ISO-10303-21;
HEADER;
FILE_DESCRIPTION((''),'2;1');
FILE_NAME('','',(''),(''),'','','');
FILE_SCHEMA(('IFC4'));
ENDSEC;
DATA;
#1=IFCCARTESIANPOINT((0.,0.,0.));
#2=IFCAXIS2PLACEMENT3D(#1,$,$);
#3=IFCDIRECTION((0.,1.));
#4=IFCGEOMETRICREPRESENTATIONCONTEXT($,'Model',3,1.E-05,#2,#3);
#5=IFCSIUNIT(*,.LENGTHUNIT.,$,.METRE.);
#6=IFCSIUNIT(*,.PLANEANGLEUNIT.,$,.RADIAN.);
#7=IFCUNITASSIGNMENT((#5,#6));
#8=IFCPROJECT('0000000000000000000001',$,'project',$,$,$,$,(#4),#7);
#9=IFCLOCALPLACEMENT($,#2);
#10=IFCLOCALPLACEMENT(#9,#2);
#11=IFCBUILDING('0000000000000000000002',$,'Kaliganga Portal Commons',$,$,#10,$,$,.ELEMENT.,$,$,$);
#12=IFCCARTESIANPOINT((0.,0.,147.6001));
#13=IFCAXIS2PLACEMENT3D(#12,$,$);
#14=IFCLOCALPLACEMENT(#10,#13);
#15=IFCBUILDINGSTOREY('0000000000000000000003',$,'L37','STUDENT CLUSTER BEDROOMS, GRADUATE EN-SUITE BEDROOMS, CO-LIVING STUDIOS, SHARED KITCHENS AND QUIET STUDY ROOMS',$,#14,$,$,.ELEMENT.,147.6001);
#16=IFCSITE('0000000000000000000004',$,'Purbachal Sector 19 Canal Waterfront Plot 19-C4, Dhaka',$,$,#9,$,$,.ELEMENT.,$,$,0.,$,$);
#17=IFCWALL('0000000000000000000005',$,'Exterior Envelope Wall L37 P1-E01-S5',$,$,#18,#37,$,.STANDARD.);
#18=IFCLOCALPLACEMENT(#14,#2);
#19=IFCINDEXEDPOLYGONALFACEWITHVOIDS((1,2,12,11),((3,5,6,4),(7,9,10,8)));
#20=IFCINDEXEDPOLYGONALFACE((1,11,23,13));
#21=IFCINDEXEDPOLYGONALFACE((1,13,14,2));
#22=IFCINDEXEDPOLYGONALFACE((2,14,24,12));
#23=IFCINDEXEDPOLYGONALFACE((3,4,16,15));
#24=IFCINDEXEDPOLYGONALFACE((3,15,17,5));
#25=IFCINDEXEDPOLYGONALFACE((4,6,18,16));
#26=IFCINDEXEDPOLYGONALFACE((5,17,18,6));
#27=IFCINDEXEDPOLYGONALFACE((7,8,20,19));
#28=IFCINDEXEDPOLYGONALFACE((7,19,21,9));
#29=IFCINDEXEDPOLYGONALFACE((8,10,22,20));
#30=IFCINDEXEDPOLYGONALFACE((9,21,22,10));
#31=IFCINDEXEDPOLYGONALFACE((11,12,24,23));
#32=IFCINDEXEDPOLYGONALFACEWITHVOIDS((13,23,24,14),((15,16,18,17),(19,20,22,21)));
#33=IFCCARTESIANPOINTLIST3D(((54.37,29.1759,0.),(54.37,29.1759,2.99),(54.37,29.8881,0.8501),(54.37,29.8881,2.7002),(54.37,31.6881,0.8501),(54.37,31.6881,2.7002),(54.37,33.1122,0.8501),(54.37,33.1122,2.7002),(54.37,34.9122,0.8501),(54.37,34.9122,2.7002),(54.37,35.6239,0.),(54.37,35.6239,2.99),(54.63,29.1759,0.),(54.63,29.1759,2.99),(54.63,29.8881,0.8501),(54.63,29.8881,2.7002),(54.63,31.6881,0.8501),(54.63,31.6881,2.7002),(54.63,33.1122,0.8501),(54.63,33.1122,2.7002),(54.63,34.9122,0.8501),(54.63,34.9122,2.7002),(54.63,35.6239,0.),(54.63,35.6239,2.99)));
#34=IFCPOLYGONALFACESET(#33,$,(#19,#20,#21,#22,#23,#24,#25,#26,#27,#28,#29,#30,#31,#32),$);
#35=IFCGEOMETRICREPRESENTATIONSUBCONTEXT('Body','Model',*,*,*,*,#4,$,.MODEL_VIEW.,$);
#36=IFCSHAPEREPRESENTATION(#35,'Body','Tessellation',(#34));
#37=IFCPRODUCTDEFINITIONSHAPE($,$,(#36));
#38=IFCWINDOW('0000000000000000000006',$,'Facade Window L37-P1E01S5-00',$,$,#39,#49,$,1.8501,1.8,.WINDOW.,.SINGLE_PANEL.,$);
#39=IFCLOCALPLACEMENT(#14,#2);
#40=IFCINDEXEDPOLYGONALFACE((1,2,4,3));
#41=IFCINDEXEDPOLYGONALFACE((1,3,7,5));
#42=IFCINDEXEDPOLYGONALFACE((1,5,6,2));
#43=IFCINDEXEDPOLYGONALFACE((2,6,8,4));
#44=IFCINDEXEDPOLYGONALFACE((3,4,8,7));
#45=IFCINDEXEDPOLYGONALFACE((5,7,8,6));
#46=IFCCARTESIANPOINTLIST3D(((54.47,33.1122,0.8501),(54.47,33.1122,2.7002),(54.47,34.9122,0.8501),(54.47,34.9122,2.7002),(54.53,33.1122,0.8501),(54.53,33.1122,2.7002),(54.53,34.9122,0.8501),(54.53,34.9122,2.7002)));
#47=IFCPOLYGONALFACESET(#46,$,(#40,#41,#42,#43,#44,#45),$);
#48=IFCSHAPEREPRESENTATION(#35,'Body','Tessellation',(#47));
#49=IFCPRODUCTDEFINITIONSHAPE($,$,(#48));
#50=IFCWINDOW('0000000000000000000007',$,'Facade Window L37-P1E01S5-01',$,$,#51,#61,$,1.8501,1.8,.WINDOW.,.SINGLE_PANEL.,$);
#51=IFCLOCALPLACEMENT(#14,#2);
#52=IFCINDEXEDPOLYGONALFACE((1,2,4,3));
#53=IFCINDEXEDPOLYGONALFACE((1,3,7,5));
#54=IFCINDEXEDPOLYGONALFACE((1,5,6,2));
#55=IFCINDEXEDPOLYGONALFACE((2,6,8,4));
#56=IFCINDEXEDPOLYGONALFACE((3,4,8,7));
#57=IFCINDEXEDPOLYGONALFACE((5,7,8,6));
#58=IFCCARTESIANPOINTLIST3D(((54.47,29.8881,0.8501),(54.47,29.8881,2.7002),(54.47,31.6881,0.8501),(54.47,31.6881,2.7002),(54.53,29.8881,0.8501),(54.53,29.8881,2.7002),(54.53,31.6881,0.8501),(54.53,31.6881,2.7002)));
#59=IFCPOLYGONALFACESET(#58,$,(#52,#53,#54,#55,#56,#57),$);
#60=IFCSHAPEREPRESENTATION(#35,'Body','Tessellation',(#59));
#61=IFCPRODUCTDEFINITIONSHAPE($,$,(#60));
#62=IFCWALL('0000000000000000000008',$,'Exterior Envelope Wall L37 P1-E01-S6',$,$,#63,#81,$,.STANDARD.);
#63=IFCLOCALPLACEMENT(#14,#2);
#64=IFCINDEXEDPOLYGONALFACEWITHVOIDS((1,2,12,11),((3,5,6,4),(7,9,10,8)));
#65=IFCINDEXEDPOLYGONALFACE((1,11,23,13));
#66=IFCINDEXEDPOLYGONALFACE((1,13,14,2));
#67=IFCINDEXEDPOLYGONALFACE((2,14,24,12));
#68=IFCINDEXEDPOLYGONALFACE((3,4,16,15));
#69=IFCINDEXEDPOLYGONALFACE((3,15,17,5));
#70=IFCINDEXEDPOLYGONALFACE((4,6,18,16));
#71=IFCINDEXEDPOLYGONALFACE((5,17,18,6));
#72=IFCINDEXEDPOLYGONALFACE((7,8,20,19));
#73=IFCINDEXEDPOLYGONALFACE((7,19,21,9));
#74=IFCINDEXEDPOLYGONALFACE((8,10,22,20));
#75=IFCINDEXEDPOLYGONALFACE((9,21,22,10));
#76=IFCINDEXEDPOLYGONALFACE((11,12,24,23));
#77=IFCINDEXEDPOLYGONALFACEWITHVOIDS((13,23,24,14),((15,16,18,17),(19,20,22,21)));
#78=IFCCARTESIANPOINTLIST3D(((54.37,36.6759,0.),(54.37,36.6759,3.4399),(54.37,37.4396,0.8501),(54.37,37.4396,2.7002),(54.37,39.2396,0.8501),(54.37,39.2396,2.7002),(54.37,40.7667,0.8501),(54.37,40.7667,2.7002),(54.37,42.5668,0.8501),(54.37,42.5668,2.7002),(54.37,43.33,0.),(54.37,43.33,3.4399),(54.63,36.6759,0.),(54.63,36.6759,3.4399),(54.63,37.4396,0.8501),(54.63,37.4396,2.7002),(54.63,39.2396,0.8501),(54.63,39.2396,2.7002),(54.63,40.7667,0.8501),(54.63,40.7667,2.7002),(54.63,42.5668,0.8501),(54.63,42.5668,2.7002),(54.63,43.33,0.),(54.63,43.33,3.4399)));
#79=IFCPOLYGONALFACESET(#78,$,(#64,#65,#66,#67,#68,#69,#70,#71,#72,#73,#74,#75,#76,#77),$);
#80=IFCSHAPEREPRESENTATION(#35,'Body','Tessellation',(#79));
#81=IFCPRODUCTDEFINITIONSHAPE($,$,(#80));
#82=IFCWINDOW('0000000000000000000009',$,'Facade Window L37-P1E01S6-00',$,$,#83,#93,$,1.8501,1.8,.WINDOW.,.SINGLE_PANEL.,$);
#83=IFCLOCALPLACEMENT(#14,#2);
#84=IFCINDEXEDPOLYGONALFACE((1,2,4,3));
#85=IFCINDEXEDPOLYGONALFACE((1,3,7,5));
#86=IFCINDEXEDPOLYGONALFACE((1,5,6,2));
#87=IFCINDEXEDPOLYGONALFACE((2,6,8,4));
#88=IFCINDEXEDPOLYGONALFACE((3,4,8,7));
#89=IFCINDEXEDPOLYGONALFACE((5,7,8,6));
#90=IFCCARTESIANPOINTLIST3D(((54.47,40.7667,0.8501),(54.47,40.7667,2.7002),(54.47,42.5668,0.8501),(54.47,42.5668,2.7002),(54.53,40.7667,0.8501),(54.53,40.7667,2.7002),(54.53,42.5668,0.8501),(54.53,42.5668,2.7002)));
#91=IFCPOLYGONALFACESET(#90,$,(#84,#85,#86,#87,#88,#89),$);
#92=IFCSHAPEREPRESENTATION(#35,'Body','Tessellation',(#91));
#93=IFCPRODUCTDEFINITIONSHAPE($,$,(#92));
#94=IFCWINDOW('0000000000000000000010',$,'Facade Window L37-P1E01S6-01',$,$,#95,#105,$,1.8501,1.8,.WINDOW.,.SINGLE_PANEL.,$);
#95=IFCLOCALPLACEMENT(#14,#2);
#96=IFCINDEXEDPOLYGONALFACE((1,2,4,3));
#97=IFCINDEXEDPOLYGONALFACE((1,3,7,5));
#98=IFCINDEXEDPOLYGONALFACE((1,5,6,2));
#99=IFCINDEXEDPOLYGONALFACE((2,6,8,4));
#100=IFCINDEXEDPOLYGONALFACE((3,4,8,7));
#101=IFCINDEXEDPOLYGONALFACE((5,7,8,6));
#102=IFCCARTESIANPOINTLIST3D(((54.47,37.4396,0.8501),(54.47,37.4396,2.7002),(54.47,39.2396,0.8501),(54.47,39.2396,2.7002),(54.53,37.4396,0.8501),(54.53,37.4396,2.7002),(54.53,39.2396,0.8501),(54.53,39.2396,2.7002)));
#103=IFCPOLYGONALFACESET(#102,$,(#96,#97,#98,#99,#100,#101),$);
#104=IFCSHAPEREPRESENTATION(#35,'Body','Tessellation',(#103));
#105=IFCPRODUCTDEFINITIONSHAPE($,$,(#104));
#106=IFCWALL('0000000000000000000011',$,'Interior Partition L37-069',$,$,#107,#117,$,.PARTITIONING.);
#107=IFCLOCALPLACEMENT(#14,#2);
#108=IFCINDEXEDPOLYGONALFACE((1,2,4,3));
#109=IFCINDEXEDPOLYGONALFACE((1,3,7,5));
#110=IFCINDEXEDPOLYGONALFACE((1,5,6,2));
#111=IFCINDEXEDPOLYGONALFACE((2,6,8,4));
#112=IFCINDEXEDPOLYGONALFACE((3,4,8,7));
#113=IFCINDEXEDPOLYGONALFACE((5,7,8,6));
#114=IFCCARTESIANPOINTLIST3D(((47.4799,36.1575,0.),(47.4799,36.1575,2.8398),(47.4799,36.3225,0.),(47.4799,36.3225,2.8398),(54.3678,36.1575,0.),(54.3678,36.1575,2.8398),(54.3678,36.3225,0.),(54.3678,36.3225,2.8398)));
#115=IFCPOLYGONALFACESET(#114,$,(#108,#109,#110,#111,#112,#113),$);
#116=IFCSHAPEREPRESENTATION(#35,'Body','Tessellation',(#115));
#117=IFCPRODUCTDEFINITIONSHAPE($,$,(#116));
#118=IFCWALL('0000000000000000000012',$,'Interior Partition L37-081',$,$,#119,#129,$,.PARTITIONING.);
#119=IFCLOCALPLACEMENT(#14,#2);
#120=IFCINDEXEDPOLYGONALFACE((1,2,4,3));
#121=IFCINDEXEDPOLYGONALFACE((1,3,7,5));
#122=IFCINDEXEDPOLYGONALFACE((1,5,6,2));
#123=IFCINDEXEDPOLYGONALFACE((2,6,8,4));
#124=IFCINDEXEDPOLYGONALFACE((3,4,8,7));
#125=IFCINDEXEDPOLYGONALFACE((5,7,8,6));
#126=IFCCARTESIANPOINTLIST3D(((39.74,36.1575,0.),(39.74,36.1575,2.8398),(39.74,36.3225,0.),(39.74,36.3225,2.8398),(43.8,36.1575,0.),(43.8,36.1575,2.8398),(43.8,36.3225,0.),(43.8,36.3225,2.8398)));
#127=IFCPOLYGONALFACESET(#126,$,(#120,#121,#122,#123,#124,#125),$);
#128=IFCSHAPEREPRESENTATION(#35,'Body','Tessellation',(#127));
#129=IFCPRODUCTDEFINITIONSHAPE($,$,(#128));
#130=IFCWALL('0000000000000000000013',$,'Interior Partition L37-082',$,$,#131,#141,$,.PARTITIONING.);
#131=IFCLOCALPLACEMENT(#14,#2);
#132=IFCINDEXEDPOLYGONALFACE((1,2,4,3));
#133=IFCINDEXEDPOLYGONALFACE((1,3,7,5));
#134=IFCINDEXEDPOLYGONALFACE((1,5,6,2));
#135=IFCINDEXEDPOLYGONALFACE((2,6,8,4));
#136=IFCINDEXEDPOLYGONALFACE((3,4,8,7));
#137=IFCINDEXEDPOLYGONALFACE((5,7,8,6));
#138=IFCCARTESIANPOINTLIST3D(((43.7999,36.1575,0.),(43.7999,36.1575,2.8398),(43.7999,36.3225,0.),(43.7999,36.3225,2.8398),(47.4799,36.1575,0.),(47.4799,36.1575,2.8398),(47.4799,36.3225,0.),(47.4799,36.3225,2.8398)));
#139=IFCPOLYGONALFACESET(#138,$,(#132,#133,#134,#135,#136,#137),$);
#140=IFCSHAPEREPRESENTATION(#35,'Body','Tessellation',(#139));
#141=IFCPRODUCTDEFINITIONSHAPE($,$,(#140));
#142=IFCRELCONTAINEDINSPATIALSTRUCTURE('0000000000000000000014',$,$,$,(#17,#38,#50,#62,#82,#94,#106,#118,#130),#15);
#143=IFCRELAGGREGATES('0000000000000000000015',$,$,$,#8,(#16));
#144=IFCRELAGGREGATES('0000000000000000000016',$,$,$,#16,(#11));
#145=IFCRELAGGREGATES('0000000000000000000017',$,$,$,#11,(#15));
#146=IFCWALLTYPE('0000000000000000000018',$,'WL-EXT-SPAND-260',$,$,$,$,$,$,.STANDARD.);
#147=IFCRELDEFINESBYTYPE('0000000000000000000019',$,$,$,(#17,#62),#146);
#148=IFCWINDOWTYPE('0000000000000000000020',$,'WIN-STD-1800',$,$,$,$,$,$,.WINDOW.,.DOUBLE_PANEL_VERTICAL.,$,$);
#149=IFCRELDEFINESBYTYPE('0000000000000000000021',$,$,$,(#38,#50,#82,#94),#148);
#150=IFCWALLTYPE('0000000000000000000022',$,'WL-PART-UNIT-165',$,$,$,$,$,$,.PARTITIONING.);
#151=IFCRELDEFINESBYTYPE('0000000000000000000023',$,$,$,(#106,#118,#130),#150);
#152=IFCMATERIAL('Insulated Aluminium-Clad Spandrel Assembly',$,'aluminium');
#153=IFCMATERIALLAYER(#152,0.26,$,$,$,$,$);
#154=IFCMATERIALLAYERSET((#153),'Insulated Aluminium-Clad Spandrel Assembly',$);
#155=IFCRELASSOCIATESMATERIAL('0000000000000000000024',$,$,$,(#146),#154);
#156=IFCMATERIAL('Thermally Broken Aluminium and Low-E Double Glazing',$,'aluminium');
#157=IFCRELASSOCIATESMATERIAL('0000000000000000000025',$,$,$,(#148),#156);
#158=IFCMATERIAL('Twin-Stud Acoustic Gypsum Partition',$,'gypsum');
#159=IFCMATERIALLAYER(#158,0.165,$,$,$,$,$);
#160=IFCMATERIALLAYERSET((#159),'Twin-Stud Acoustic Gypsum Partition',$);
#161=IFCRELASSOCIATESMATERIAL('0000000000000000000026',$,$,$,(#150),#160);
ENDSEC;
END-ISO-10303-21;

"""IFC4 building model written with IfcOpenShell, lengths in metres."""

from ifc_helpers import new_model, si_unit, direction, frame, frame_2d, origin, place, context, subcontext, project, spatial, rectangle, extrude, material, layer, layer_set, type_object, element, fill, save


model = new_model("IFC4")

# Units and contexts
model_context = context("Model", 3, precision=1e-05, world=origin(), true_north=direction((0.0, 1.0)))
body_context = subcontext(model_context, "Body", "Model", "MODEL_VIEW")
ifc_project = project(units=[si_unit("LENGTHUNIT", "METRE"), si_unit("PLANEANGLEUNIT", "RADIAN")], contexts=[model_context])

# Site, building, storey
site_placement = place(None, origin())
site = spatial("IfcSite", under=ifc_project, at=site_placement, Name="Purbachal Sector 19 Canal Waterfront Plot 19-C4, Dhaka", CompositionType="ELEMENT", RefElevation=0.0)
building_placement = place(site_placement, origin())
building = spatial("IfcBuilding", under=site, at=building_placement, Name="Kaliganga Portal Commons", CompositionType="ELEMENT")
storey_placement = place(building_placement, frame((0.0, 0.0, 147.6001)))
storey = spatial("IfcBuildingStorey", under=building, at=storey_placement, Name="L37", Description="STUDENT CLUSTER BEDROOMS, GRADUATE EN-SUITE BEDROOMS, CO-LIVING STUDIOS, SHARED KITCHENS AND QUIET STUDY ROOMS", CompositionType="ELEMENT", Elevation=147.6001)

# Walls, openings, windows
ifc_material_1 = material(Name="Insulated Aluminium-Clad Spandrel Assembly", Category="aluminium")
ifc_layer_1 = layer(ifc_material_1, 0.26)
ifc_layer_set_1 = layer_set([ifc_layer_1], Name="Insulated Aluminium-Clad Spandrel Assembly")
wall_type_1 = type_object("IfcWallType", Name="WL-EXT-SPAND-260", PredefinedType="STANDARD", material=ifc_layer_set_1)
wall_1_placement = place(storey_placement, frame((54.5, 35.624, 0.0), z_axis=(0.0, 0.0, 1.0), x_axis=(0.0, -1.0, 0.0)))
wall_1 = element("IfcWall", 1, at=wall_1_placement, inside=storey, type_object=wall_type_1, Name="Exterior Envelope Wall L37 P1-E01-S5", PredefinedType="STANDARD", context=body_context, shape_type="SweptSolid", body=[
    extrude(rectangle(XDim=6.448, YDim=0.26, at=frame_2d((3.2241, 0.0))), origin(), (0.0, 0.0, 1.0), 2.99),
])
opening_1_placement = place(wall_1_placement, frame((0.7119, 0.0, 0.8501)))
opening_1 = element("IfcOpeningElement", 2, at=opening_1_placement, cuts=wall_1, PredefinedType="OPENING", context=body_context, shape_type="SweptSolid", body=[
    extrude(rectangle(XDim=1.8, YDim=1.8501, at=frame_2d((0.8999, 0.925))), frame((0.0, 0.1401, 0.0), z_axis=(0.0, -1.0, 0.0), x_axis=(1.0, 0.0, 0.0)), (0.0, 0.0, 1.0), 0.28),
])
opening_2_placement = place(wall_1_placement, frame((3.936, 0.0, 0.8501)))
opening_2 = element("IfcOpeningElement", 3, at=opening_2_placement, cuts=wall_1, PredefinedType="OPENING", context=body_context, shape_type="SweptSolid", body=[
    extrude(rectangle(XDim=1.8, YDim=1.8501, at=frame_2d((0.8999, 0.925))), frame((0.0, 0.1401, 0.0), z_axis=(0.0, -1.0, 0.0), x_axis=(1.0, 0.0, 0.0)), (0.0, 0.0, 1.0), 0.28),
])
ifc_material_2 = material(Name="Thermally Broken Aluminium and Low-E Double Glazing", Category="aluminium")
window_type = type_object("IfcWindowType", Name="WIN-STD-1800", PartitioningType="DOUBLE_PANEL_VERTICAL", PredefinedType="WINDOW", material=ifc_material_2)
window_1_placement = place(opening_1_placement, origin())
window_1 = element("IfcWindow", 4, at=window_1_placement, inside=storey, type_object=window_type, Name="Facade Window L37-P1E01S5-00", OverallHeight=1.8501, OverallWidth=1.8, PartitioningType="SINGLE_PANEL", PredefinedType="WINDOW", context=body_context, shape_type="SweptSolid", body=[
    extrude(rectangle(XDim=1.8, YDim=1.8501, at=frame_2d((0.8999, 0.925))), frame((0.0, 0.03, 0.0), z_axis=(0.0, -1.0, 0.0), x_axis=(1.0, 0.0, 0.0)), (0.0, 0.0, 1.0), 0.0601),
])
fill(opening_1, window_1)
window_2_placement = place(opening_2_placement, origin())
window_2 = element("IfcWindow", 5, at=window_2_placement, inside=storey, type_object=window_type, Name="Facade Window L37-P1E01S5-01", OverallHeight=1.8501, OverallWidth=1.8, PartitioningType="SINGLE_PANEL", PredefinedType="WINDOW", context=body_context, shape_type="SweptSolid", body=[
    extrude(rectangle(XDim=1.8, YDim=1.8501, at=frame_2d((0.8999, 0.925))), frame((0.0, 0.03, 0.0), z_axis=(0.0, -1.0, 0.0), x_axis=(1.0, 0.0, 0.0)), (0.0, 0.0, 1.0), 0.0601),
])
fill(opening_2, window_2)
wall_2_placement = place(storey_placement, frame((54.5, 43.3301, 0.0), z_axis=(0.0, 0.0, 1.0), x_axis=(0.0, -1.0, 0.0)))
wall_2 = element("IfcWall", 6, at=wall_2_placement, inside=storey, type_object=wall_type_1, Name="Exterior Envelope Wall L37 P1-E01-S6", PredefinedType="STANDARD", context=body_context, shape_type="SweptSolid", body=[
    extrude(rectangle(XDim=6.6541, YDim=0.26, at=frame_2d((3.3271, 0.0))), origin(), (0.0, 0.0, 1.0), 3.4399),
])
opening_3_placement = place(wall_2_placement, frame((0.7634, 0.0, 0.8501)))
opening_3 = element("IfcOpeningElement", 7, at=opening_3_placement, cuts=wall_2, PredefinedType="OPENING", context=body_context, shape_type="SweptSolid", body=[
    extrude(rectangle(XDim=1.8, YDim=1.8501, at=frame_2d((0.8999, 0.925))), frame((0.0, 0.1401, 0.0), z_axis=(0.0, -1.0, 0.0), x_axis=(1.0, 0.0, 0.0)), (0.0, 0.0, 1.0), 0.28),
])
opening_4_placement = place(wall_2_placement, frame((4.0906, 0.0, 0.8501)))
opening_4 = element("IfcOpeningElement", 8, at=opening_4_placement, cuts=wall_2, PredefinedType="OPENING", context=body_context, shape_type="SweptSolid", body=[
    extrude(rectangle(XDim=1.8, YDim=1.8501, at=frame_2d((0.8999, 0.925))), frame((0.0, 0.1401, 0.0), z_axis=(0.0, -1.0, 0.0), x_axis=(1.0, 0.0, 0.0)), (0.0, 0.0, 1.0), 0.28),
])
window_3_placement = place(opening_3_placement, origin())
window_3 = element("IfcWindow", 9, at=window_3_placement, inside=storey, type_object=window_type, Name="Facade Window L37-P1E01S6-00", OverallHeight=1.8501, OverallWidth=1.8, PartitioningType="SINGLE_PANEL", PredefinedType="WINDOW", context=body_context, shape_type="SweptSolid", body=[
    extrude(rectangle(XDim=1.8, YDim=1.8501, at=frame_2d((0.8999, 0.925))), frame((0.0, 0.03, 0.0), z_axis=(0.0, -1.0, 0.0), x_axis=(1.0, 0.0, 0.0)), (0.0, 0.0, 1.0), 0.0601),
])
fill(opening_3, window_3)
window_4_placement = place(opening_4_placement, origin())
window_4 = element("IfcWindow", 10, at=window_4_placement, inside=storey, type_object=window_type, Name="Facade Window L37-P1E01S6-01", OverallHeight=1.8501, OverallWidth=1.8, PartitioningType="SINGLE_PANEL", PredefinedType="WINDOW", context=body_context, shape_type="SweptSolid", body=[
    extrude(rectangle(XDim=1.8, YDim=1.8501, at=frame_2d((0.8999, 0.925))), frame((0.0, 0.03, 0.0), z_axis=(0.0, -1.0, 0.0), x_axis=(1.0, 0.0, 0.0)), (0.0, 0.0, 1.0), 0.0601),
])
fill(opening_4, window_4)

# Walls
ifc_material_3 = material(Name="Twin-Stud Acoustic Gypsum Partition", Category="gypsum")
ifc_layer_2 = layer(ifc_material_3, 0.165)
ifc_layer_set_2 = layer_set([ifc_layer_2], Name="Twin-Stud Acoustic Gypsum Partition")
wall_type_2 = type_object("IfcWallType", Name="WL-PART-UNIT-165", PredefinedType="PARTITIONING", material=ifc_layer_set_2)
wall_3_placement = place(storey_placement, frame((47.48, 36.24, 0.0), z_axis=(0.0, 0.0, 1.0), x_axis=(1.0, 0.0, 0.0)))
element("IfcWall", 11, at=wall_3_placement, inside=storey, type_object=wall_type_2, Name="Interior Partition L37-069", PredefinedType="PARTITIONING", context=body_context, shape_type="SweptSolid", body=[
    extrude(rectangle(XDim=6.8879, YDim=0.165, at=frame_2d((3.4438, 0.0))), origin(), (0.0, 0.0, 1.0), 2.8398),
])
wall_4_placement = place(storey_placement, frame((39.74, 36.24, 0.0), z_axis=(0.0, 0.0, 1.0), x_axis=(1.0, 0.0, 0.0)))
element("IfcWall", 12, at=wall_4_placement, inside=storey, type_object=wall_type_2, Name="Interior Partition L37-081", PredefinedType="PARTITIONING", context=body_context, shape_type="SweptSolid", body=[
    extrude(rectangle(XDim=4.0601, YDim=0.165, at=frame_2d((2.03, 0.0))), origin(), (0.0, 0.0, 1.0), 2.8398),
])
wall_5_placement = place(storey_placement, frame((43.8, 36.24, 0.0), z_axis=(0.0, 0.0, 1.0), x_axis=(1.0, 0.0, 0.0)))
element("IfcWall", 13, at=wall_5_placement, inside=storey, type_object=wall_type_2, Name="Interior Partition L37-082", PredefinedType="PARTITIONING", context=body_context, shape_type="SweptSolid", body=[
    extrude(rectangle(XDim=3.6799, YDim=0.165, at=frame_2d((1.8398, 0.0))), origin(), (0.0, 0.0, 1.0), 2.8398),
])

save(model, "model.ifc")
